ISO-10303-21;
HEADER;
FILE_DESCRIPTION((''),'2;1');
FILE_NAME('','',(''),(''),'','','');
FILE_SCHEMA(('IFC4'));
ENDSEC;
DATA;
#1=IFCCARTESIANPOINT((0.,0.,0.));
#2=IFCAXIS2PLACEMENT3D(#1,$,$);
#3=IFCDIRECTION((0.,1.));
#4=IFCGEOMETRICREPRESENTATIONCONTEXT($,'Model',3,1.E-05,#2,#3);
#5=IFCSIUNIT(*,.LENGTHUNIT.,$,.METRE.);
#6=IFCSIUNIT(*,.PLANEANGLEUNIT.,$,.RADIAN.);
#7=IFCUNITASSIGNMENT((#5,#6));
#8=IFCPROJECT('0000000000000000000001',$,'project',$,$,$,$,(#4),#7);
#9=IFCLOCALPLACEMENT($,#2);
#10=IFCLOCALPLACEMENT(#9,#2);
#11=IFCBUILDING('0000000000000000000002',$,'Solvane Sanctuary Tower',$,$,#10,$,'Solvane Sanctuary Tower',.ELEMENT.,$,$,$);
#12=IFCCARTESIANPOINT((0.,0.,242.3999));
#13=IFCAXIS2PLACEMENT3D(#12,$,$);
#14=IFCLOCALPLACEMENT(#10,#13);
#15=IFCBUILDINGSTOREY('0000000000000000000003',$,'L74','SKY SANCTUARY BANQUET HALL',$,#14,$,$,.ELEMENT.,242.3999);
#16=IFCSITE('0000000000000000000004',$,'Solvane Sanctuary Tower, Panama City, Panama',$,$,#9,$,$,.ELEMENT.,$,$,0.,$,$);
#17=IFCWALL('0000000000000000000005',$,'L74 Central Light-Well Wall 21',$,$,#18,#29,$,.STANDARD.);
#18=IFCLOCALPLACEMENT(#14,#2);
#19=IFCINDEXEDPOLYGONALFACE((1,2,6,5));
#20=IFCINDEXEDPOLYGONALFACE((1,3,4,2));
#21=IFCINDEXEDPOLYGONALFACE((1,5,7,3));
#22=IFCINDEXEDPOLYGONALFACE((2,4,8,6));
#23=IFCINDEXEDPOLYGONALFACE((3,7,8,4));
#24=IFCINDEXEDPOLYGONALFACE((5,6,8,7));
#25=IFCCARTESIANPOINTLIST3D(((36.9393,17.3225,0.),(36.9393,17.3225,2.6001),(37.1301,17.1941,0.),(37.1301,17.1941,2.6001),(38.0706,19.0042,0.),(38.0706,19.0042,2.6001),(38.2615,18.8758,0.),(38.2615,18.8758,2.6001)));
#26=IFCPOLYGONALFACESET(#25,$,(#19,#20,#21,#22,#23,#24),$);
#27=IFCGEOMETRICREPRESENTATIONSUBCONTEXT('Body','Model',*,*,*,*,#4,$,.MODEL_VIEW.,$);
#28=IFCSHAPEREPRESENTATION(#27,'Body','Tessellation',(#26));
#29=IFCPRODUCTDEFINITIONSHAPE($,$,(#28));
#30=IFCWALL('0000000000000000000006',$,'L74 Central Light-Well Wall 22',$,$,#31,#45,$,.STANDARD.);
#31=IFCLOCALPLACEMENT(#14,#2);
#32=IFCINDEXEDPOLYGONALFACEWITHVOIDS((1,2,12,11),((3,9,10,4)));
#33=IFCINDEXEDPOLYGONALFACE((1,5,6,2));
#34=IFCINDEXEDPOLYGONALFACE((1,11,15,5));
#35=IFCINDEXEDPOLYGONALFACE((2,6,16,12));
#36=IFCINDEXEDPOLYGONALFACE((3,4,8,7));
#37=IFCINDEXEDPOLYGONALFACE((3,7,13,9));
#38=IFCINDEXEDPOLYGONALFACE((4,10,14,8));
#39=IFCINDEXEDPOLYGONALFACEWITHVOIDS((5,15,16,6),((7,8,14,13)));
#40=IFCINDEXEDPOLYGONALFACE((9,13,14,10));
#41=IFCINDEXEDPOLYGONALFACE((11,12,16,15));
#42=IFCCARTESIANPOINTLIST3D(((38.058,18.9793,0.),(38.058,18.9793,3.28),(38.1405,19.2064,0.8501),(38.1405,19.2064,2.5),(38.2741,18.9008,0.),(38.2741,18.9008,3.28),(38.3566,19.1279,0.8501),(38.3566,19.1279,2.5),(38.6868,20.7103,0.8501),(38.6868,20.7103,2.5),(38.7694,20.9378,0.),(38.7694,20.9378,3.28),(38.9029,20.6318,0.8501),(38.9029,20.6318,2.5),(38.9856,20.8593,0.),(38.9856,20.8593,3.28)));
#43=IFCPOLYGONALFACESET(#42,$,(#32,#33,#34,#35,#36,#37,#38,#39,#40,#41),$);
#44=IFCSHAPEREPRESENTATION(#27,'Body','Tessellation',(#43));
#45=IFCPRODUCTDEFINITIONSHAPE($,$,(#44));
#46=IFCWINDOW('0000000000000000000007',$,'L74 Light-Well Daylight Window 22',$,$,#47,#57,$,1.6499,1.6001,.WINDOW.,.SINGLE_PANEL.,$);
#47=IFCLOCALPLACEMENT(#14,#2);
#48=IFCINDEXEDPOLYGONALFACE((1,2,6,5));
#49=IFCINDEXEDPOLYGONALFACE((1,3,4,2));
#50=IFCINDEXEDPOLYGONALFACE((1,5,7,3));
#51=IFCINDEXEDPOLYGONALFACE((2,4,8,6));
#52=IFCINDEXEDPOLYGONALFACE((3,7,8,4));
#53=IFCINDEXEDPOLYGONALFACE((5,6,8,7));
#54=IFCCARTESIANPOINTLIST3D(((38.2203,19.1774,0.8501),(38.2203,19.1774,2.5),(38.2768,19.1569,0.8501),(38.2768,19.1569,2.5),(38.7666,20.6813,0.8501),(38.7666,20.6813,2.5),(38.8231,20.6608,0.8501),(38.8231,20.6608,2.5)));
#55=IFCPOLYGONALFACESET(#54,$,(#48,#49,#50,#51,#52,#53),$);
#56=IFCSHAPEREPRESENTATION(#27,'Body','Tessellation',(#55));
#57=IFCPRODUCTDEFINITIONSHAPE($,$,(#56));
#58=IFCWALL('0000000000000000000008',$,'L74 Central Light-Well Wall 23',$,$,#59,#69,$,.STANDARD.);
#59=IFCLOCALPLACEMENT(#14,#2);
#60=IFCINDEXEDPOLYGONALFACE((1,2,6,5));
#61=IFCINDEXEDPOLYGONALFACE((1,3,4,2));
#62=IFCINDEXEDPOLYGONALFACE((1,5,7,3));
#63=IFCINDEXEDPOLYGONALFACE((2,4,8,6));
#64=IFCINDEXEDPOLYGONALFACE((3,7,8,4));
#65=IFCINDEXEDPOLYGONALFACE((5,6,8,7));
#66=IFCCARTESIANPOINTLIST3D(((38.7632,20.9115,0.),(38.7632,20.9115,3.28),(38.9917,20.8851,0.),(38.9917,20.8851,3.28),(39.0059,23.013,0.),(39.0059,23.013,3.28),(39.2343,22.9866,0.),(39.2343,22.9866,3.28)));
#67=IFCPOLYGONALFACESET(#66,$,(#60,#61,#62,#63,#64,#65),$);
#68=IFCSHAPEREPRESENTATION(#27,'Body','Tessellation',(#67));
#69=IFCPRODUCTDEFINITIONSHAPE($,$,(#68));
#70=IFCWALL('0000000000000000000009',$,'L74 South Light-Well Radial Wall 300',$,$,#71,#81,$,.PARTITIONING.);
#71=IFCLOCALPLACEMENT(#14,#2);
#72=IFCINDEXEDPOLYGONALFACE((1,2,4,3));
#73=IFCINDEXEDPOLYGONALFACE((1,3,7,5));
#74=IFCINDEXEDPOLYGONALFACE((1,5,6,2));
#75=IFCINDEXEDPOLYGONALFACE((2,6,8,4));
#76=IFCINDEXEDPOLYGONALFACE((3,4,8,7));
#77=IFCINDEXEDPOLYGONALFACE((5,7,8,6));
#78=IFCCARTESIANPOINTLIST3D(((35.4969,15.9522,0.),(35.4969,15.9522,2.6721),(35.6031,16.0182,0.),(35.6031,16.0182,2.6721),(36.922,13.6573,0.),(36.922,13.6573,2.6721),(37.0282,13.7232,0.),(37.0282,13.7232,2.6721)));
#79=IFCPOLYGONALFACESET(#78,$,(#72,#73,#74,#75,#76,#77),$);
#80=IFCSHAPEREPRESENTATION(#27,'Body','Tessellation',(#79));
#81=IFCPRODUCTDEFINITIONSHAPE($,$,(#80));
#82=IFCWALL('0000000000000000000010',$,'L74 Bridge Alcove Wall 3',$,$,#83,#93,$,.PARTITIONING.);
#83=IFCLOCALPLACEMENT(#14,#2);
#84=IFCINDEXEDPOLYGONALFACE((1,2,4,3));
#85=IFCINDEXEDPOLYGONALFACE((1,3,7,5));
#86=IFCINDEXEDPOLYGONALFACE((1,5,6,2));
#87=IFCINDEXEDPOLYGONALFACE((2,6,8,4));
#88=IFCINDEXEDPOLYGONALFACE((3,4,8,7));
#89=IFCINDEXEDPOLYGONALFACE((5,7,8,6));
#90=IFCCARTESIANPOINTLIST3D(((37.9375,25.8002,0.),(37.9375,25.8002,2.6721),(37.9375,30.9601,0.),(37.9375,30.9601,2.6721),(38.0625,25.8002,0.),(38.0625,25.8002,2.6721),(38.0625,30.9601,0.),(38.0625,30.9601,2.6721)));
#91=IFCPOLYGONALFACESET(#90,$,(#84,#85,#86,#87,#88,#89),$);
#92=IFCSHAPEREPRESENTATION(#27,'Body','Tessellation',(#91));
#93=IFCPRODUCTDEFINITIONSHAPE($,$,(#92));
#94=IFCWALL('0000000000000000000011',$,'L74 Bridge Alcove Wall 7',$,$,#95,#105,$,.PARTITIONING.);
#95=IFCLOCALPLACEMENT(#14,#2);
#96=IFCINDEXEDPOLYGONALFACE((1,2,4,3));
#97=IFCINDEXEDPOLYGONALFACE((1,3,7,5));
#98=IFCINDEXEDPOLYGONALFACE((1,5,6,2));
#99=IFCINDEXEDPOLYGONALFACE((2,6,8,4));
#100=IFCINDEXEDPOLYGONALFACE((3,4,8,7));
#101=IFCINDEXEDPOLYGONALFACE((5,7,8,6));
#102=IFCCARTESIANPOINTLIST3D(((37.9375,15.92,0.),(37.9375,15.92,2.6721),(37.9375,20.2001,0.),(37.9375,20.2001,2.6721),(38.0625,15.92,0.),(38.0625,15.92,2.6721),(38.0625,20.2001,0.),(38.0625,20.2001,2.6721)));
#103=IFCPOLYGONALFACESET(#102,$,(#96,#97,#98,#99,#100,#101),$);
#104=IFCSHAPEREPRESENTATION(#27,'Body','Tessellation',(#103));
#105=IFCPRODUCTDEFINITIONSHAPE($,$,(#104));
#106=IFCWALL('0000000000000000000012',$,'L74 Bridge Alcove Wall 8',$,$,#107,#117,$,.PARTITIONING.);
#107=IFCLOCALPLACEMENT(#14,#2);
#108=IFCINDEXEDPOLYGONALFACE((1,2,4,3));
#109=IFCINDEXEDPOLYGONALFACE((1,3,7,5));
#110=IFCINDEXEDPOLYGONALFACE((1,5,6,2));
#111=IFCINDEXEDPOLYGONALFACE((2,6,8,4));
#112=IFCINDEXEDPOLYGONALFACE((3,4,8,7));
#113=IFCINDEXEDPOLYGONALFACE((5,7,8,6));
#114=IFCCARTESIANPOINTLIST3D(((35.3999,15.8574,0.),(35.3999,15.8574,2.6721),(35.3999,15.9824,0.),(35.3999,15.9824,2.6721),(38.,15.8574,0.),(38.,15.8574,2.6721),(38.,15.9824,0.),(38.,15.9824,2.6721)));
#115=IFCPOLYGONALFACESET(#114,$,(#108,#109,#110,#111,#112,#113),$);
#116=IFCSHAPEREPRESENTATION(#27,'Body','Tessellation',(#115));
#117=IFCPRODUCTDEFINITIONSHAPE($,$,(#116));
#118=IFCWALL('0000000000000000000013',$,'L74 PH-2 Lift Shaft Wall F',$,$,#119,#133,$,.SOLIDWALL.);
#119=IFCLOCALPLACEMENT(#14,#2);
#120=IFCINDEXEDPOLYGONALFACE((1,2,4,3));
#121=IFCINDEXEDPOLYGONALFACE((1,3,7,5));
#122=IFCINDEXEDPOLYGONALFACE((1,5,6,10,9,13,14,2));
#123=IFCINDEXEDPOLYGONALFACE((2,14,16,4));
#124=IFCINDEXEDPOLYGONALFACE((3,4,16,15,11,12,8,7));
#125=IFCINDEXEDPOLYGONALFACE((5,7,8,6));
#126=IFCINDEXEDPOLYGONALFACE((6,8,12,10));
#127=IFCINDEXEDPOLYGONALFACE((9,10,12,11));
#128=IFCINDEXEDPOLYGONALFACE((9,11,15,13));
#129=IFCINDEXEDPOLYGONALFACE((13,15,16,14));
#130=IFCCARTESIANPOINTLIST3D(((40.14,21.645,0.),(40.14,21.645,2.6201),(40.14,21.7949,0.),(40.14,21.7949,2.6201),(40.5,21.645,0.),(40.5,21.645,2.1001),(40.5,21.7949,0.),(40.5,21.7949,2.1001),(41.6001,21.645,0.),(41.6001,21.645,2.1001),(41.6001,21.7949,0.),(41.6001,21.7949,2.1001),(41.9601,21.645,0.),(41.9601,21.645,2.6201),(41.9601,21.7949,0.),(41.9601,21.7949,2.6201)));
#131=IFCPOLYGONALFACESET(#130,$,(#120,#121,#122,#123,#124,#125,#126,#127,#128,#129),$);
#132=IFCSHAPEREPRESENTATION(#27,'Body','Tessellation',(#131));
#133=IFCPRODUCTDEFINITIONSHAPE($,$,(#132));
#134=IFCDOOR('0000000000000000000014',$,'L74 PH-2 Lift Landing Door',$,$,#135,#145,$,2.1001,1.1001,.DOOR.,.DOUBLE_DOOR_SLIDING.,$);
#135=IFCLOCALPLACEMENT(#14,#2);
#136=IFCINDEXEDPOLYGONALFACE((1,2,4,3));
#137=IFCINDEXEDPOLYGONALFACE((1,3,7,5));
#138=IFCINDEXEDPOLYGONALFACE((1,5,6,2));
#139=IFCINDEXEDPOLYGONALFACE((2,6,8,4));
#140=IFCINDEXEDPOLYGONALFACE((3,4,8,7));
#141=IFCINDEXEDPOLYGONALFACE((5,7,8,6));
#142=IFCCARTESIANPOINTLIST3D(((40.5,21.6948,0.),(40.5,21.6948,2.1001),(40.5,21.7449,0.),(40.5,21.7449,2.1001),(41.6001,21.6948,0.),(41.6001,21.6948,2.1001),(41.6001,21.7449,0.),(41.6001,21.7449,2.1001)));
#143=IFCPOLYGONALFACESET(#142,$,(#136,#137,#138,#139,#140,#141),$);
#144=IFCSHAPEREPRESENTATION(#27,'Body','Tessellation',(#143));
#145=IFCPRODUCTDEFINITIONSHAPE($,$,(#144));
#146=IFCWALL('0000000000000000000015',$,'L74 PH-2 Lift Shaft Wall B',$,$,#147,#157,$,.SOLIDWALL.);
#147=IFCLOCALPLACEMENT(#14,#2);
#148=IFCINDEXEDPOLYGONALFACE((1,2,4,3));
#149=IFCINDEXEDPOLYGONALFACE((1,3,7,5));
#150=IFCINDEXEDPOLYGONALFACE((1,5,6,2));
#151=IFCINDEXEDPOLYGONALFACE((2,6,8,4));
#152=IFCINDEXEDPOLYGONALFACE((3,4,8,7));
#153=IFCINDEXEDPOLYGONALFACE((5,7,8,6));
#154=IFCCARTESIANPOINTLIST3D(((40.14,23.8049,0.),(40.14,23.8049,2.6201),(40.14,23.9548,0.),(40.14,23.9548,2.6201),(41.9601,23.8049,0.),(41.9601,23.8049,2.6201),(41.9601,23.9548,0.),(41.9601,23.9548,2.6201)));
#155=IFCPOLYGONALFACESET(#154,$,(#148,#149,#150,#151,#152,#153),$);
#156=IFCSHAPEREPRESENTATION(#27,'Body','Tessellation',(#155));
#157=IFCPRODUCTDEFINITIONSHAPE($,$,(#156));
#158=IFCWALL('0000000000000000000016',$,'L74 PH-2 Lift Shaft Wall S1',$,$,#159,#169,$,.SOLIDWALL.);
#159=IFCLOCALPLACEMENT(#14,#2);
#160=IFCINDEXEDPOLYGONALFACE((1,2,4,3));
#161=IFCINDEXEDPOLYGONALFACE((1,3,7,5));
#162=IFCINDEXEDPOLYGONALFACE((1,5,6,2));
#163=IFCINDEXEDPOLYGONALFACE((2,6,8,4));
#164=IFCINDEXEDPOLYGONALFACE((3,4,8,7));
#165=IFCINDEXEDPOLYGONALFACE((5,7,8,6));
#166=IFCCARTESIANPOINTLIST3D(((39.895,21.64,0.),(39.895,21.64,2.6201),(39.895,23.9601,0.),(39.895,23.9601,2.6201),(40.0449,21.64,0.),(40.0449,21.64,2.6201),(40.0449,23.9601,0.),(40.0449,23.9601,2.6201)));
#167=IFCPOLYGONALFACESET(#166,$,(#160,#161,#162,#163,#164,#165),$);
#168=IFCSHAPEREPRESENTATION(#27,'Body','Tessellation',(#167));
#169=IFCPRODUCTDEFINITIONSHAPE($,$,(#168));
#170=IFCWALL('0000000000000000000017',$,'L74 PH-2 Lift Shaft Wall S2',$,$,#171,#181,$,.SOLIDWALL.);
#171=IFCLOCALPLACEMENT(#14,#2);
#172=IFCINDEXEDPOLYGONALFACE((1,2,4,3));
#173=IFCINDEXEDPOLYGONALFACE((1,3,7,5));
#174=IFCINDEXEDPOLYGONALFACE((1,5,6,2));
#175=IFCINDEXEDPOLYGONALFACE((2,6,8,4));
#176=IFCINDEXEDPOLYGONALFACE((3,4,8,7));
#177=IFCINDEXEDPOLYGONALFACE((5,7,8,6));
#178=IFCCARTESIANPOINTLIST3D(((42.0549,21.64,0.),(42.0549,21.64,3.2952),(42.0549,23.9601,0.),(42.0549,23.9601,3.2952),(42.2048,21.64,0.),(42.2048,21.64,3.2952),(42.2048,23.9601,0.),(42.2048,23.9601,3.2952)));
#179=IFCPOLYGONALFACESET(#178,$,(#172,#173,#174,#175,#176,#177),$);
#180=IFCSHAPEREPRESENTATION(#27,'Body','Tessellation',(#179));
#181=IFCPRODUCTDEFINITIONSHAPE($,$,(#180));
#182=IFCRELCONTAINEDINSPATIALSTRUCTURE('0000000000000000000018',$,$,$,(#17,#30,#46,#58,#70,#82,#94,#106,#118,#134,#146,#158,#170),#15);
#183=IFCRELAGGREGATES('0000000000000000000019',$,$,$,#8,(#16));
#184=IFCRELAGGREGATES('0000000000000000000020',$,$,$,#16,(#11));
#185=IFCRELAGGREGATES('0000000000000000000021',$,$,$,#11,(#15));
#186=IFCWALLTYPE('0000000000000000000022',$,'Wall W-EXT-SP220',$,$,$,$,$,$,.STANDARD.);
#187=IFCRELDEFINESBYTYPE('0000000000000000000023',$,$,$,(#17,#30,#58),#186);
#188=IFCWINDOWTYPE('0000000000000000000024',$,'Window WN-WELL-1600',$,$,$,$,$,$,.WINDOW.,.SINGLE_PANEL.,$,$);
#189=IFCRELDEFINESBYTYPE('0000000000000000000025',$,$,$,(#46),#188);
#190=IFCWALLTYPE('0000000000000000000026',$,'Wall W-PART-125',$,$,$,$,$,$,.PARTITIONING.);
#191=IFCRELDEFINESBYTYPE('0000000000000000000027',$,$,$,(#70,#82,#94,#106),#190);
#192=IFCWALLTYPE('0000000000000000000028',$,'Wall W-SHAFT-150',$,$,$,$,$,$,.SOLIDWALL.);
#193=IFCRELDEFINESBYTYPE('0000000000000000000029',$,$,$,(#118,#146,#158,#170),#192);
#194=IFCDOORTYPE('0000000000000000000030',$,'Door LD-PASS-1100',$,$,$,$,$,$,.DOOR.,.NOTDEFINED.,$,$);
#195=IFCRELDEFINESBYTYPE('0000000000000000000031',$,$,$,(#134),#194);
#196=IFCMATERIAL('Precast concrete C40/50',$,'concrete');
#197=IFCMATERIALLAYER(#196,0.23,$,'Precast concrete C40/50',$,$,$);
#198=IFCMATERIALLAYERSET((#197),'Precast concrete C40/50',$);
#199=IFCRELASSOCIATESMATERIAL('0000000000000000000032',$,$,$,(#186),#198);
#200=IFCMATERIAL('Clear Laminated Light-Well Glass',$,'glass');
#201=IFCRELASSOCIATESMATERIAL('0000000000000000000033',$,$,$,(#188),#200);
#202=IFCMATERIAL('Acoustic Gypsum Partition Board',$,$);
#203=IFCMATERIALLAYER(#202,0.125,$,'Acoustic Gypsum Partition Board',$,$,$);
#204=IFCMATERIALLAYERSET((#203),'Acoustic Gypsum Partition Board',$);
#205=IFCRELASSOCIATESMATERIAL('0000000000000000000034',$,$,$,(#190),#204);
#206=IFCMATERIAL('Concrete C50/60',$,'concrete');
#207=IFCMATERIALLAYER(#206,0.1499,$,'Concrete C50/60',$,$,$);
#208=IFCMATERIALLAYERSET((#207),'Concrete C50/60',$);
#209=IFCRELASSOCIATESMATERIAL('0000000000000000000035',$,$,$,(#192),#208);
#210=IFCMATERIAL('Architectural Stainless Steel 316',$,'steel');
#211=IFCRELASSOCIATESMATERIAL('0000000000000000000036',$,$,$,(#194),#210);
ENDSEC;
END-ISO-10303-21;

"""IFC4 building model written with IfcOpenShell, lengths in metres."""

from ifc_helpers import new_model, si_unit, direction, frame, frame_2d, origin, place, context, subcontext, project, spatial, rectangle, extrude, material, layer, layer_set, type_object, element, fill, save


model = new_model("IFC4")

# Units and contexts
model_context = context("Model", 3, precision=1e-05, world=origin(), true_north=direction((0.0, 1.0)))
body_context = subcontext(model_context, "Body", "Model", "MODEL_VIEW")
ifc_project = project(units=[si_unit("LENGTHUNIT", "METRE"), si_unit("PLANEANGLEUNIT", "RADIAN")], contexts=[model_context])

# Site, building, storey
site_placement = place(None, origin())
site = spatial("IfcSite", under=ifc_project, at=site_placement, Name="Solvane Sanctuary Tower, Panama City, Panama", CompositionType="ELEMENT", RefElevation=0.0)
building_placement = place(site_placement, origin())
building = spatial("IfcBuilding", under=site, at=building_placement, Name="Solvane Sanctuary Tower", LongName="Solvane Sanctuary Tower", CompositionType="ELEMENT")
storey_placement = place(building_placement, frame((0.0, 0.0, 242.3999)))
storey = spatial("IfcBuildingStorey", under=building, at=storey_placement, Name="L74", Description="SKY SANCTUARY BANQUET HALL", CompositionType="ELEMENT", Elevation=242.3999)

# Shared definitions
ifc_material_1 = material(Name="Concrete C50/60", Category="concrete")
ifc_material_2 = material(Name="Acoustic Gypsum Partition Board")

# Shared definitions
ifc_material_3 = material(Name="Architectural Stainless Steel 316", Category="steel")

# Shared definitions
ifc_material_4 = material(Name="Precast concrete C40/50", Category="concrete")
ifc_layer_1 = layer(ifc_material_4, 0.23, Name="Precast concrete C40/50")
ifc_layer_set_1 = layer_set([ifc_layer_1], Name="Precast concrete C40/50")
wall_type_1 = type_object("IfcWallType", Name="Wall W-EXT-SP220", PredefinedType="STANDARD", material=ifc_layer_set_1)

# Shared definitions
ifc_material_5 = material(Name="Clear Laminated Light-Well Glass", Category="glass")
window_type = type_object("IfcWindowType", Name="Window WN-WELL-1600", PartitioningType="SINGLE_PANEL", PredefinedType="WINDOW", material=ifc_material_5)

# Wall
wall_1_placement = place(storey_placement, frame((37.0347, 17.2583, 0.0), z_axis=(0.0, 0.0, 1.0), x_axis=(0.558198, 0.829708, 0.0)))
element("IfcWall", 1, at=wall_1_placement, inside=storey, type_object=wall_type_1, Name="L74 Central Light-Well Wall 21", PredefinedType="STANDARD", context=body_context, shape_type="SweptSolid", body=[
    extrude(rectangle(XDim=2.0269, YDim=0.23, at=frame_2d((1.0134, 0.0))), origin(), (0.0, 0.0, 1.0), 2.6001),
])

# Wall, opening, window
wall_2_placement = place(storey_placement, frame((38.166, 18.9399, 0.0), z_axis=(0.0, 0.0, 1.0), x_axis=(0.341423, 0.93991, 0.0)))
wall_2 = element("IfcWall", 2, at=wall_2_placement, inside=storey, type_object=wall_type_1, Name="L74 Central Light-Well Wall 22", PredefinedType="STANDARD", context=body_context, shape_type="SweptSolid", body=[
    extrude(rectangle(XDim=2.0837, YDim=0.23, at=frame_2d((1.042, 0.0))), origin(), (0.0, 0.0, 1.0), 3.28),
])
opening_1_placement = place(wall_2_placement, frame((0.2417, 0.0, 0.8501)))
opening_1 = element("IfcOpeningElement", 3, at=opening_1_placement, cuts=wall_2, PredefinedType="OPENING", context=body_context, shape_type="SweptSolid", body=[
    extrude(rectangle(XDim=1.6001, YDim=1.6499, at=frame_2d((0.8, 0.825))), frame((0.0, 0.125, 0.0), z_axis=(0.0, -1.0, 0.0), x_axis=(1.0, 0.0, 0.0)), (0.0, 0.0, 1.0), 0.25),
])
window_1_placement = place(opening_1_placement, origin())
window_1 = element("IfcWindow", 4, at=window_1_placement, inside=storey, type_object=window_type, Name="L74 Light-Well Daylight Window 22", OverallHeight=1.6499, OverallWidth=1.6001, PartitioningType="SINGLE_PANEL", PredefinedType="WINDOW", context=body_context, shape_type="SweptSolid", body=[
    extrude(rectangle(XDim=1.6001, YDim=1.6499, at=frame_2d((0.8, 0.825))), frame((0.0, 0.03, 0.0), z_axis=(0.0, -1.0, 0.0), x_axis=(1.0, 0.0, 0.0)), (0.0, 0.0, 1.0), 0.0601),
])
fill(opening_1, window_1)

# Walls
wall_3_placement = place(storey_placement, frame((38.8774, 20.8984, 0.0), z_axis=(0.0, 0.0, 1.0), x_axis=(0.114712, 0.993399, 0.0)))
element("IfcWall", 5, at=wall_3_placement, inside=storey, type_object=wall_type_1, Name="L74 Central Light-Well Wall 23", PredefinedType="STANDARD", context=body_context, shape_type="SweptSolid", body=[
    extrude(rectangle(XDim=2.1155, YDim=0.23, at=frame_2d((1.0576, 0.0))), origin(), (0.0, 0.0, 1.0), 3.28),
])
ifc_layer_2 = layer(ifc_material_2, 0.125, Name="Acoustic Gypsum Partition Board")
ifc_layer_set_2 = layer_set([ifc_layer_2], Name="Acoustic Gypsum Partition Board")
wall_type_2 = type_object("IfcWallType", Name="Wall W-PART-125", PredefinedType="PARTITIONING", material=ifc_layer_set_2)
wall_4_placement = place(storey_placement, frame((35.55, 15.9851, 0.0), z_axis=(0.0, 0.0, 1.0), x_axis=(0.527527, -0.849538, 0.0)))
element("IfcWall", 6, at=wall_4_placement, inside=storey, type_object=wall_type_2, Name="L74 South Light-Well Radial Wall 300", PredefinedType="PARTITIONING", context=body_context, shape_type="SweptSolid", body=[
    extrude(rectangle(XDim=2.7014, YDim=0.125, at=frame_2d((1.3506, 0.0))), origin(), (0.0, 0.0, 1.0), 2.6721),
])
wall_5_placement = place(storey_placement, frame((38.0, 25.8, 0.0), z_axis=(0.0, 0.0, 1.0), x_axis=(0.0, 1.0, 0.0)))
element("IfcWall", 7, at=wall_5_placement, inside=storey, type_object=wall_type_2, Name="L74 Bridge Alcove Wall 3", PredefinedType="PARTITIONING", context=body_context, shape_type="SweptSolid", body=[
    extrude(rectangle(XDim=5.1599, YDim=0.125, at=frame_2d((2.5801, 0.0))), origin(), (0.0, 0.0, 1.0), 2.6721),
])
wall_6_placement = place(storey_placement, frame((38.0, 15.9199, 0.0), z_axis=(0.0, 0.0, 1.0), x_axis=(0.0, 1.0, 0.0)))
element("IfcWall", 8, at=wall_6_placement, inside=storey, type_object=wall_type_2, Name="L74 Bridge Alcove Wall 7", PredefinedType="PARTITIONING", context=body_context, shape_type="SweptSolid", body=[
    extrude(rectangle(XDim=4.28, YDim=0.125, at=frame_2d((2.1401, 0.0))), origin(), (0.0, 0.0, 1.0), 2.6721),
])
wall_7_placement = place(storey_placement, frame((35.3999, 15.9199, 0.0), z_axis=(0.0, 0.0, 1.0), x_axis=(1.0, 0.0, 0.0)))
element("IfcWall", 9, at=wall_7_placement, inside=storey, type_object=wall_type_2, Name="L74 Bridge Alcove Wall 8", PredefinedType="PARTITIONING", context=body_context, shape_type="SweptSolid", body=[
    extrude(rectangle(XDim=2.6001, YDim=0.125, at=frame_2d((1.3, 0.0))), origin(), (0.0, 0.0, 1.0), 2.6721),
])

# Wall, opening, door
ifc_layer_3 = layer(ifc_material_1, 0.1499, Name="Concrete C50/60")
ifc_layer_set_3 = layer_set([ifc_layer_3], Name="Concrete C50/60")
wall_type_3 = type_object("IfcWallType", Name="Wall W-SHAFT-150", PredefinedType="SOLIDWALL", material=ifc_layer_set_3)
wall_8_placement = place(storey_placement, frame((40.1399, 21.72, 0.0), z_axis=(0.0, 0.0, 1.0), x_axis=(1.0, 0.0, 0.0)))
wall_8 = element("IfcWall", 10, at=wall_8_placement, inside=storey, type_object=wall_type_3, Name="L74 PH-2 Lift Shaft Wall F", PredefinedType="SOLIDWALL", context=body_context, shape_type="SweptSolid", body=[
    extrude(rectangle(XDim=1.8201, YDim=0.1499, at=frame_2d((0.9102, 0.0))), origin(), (0.0, 0.0, 1.0), 2.6201),
])
opening_2_placement = place(wall_8_placement, frame((0.3601, 0.0, 0.0)))
opening_2 = element("IfcOpeningElement", 11, at=opening_2_placement, cuts=wall_8, PredefinedType="OPENING", context=body_context, shape_type="SweptSolid", body=[
    extrude(rectangle(XDim=1.1001, YDim=2.1001, at=frame_2d((0.55, 1.05))), frame((0.0, 0.085, 0.0), z_axis=(0.0, -1.0, 0.0), x_axis=(1.0, 0.0, 0.0)), (0.0, 0.0, 1.0), 0.1699),
])
door_type_1 = type_object("IfcDoorType", Name="Door LD-PASS-1100", OperationType="NOTDEFINED", PredefinedType="DOOR", material=ifc_material_3)
door_1_placement = place(opening_2_placement, origin())
door_1 = element("IfcDoor", 12, at=door_1_placement, inside=storey, type_object=door_type_1, Name="L74 PH-2 Lift Landing Door", OperationType="DOUBLE_DOOR_SLIDING", OverallHeight=2.1001, OverallWidth=1.1001, PredefinedType="DOOR", context=body_context, shape_type="SweptSolid", body=[
    extrude(rectangle(XDim=1.1001, YDim=2.1001, at=frame_2d((0.55, 1.05))), frame((0.0, 0.0249, 0.0), z_axis=(0.0, -1.0, 0.0), x_axis=(1.0, 0.0, 0.0)), (0.0, 0.0, 1.0), 0.05),
])
fill(opening_2, door_1)

# Walls
wall_9_placement = place(storey_placement, frame((40.1399, 23.8799, 0.0), z_axis=(0.0, 0.0, 1.0), x_axis=(1.0, 0.0, 0.0)))
element("IfcWall", 13, at=wall_9_placement, inside=storey, type_object=wall_type_3, Name="L74 PH-2 Lift Shaft Wall B", PredefinedType="SOLIDWALL", context=body_context, shape_type="SweptSolid", body=[
    extrude(rectangle(XDim=1.8201, YDim=0.1499, at=frame_2d((0.9102, 0.0))), origin(), (0.0, 0.0, 1.0), 2.6201),
])
wall_10_placement = place(storey_placement, frame((39.97, 21.6399, 0.0), z_axis=(0.0, 0.0, 1.0), x_axis=(0.0, 1.0, 0.0)))
element("IfcWall", 14, at=wall_10_placement, inside=storey, type_object=wall_type_3, Name="L74 PH-2 Lift Shaft Wall S1", PredefinedType="SOLIDWALL", context=body_context, shape_type="SweptSolid", body=[
    extrude(rectangle(XDim=2.3201, YDim=0.1499, at=frame_2d((1.1602, 0.0))), origin(), (0.0, 0.0, 1.0), 2.6201),
])
wall_11_placement = place(storey_placement, frame((42.1299, 21.6399, 0.0), z_axis=(0.0, 0.0, 1.0), x_axis=(0.0, 1.0, 0.0)))
element("IfcWall", 15, at=wall_11_placement, inside=storey, type_object=wall_type_3, Name="L74 PH-2 Lift Shaft Wall S2", PredefinedType="SOLIDWALL", context=body_context, shape_type="SweptSolid", body=[
    extrude(rectangle(XDim=2.3201, YDim=0.1499, at=frame_2d((1.1602, 0.0))), origin(), (0.0, 0.0, 1.0), 3.2952),
])

save(model, "model.ifc")
